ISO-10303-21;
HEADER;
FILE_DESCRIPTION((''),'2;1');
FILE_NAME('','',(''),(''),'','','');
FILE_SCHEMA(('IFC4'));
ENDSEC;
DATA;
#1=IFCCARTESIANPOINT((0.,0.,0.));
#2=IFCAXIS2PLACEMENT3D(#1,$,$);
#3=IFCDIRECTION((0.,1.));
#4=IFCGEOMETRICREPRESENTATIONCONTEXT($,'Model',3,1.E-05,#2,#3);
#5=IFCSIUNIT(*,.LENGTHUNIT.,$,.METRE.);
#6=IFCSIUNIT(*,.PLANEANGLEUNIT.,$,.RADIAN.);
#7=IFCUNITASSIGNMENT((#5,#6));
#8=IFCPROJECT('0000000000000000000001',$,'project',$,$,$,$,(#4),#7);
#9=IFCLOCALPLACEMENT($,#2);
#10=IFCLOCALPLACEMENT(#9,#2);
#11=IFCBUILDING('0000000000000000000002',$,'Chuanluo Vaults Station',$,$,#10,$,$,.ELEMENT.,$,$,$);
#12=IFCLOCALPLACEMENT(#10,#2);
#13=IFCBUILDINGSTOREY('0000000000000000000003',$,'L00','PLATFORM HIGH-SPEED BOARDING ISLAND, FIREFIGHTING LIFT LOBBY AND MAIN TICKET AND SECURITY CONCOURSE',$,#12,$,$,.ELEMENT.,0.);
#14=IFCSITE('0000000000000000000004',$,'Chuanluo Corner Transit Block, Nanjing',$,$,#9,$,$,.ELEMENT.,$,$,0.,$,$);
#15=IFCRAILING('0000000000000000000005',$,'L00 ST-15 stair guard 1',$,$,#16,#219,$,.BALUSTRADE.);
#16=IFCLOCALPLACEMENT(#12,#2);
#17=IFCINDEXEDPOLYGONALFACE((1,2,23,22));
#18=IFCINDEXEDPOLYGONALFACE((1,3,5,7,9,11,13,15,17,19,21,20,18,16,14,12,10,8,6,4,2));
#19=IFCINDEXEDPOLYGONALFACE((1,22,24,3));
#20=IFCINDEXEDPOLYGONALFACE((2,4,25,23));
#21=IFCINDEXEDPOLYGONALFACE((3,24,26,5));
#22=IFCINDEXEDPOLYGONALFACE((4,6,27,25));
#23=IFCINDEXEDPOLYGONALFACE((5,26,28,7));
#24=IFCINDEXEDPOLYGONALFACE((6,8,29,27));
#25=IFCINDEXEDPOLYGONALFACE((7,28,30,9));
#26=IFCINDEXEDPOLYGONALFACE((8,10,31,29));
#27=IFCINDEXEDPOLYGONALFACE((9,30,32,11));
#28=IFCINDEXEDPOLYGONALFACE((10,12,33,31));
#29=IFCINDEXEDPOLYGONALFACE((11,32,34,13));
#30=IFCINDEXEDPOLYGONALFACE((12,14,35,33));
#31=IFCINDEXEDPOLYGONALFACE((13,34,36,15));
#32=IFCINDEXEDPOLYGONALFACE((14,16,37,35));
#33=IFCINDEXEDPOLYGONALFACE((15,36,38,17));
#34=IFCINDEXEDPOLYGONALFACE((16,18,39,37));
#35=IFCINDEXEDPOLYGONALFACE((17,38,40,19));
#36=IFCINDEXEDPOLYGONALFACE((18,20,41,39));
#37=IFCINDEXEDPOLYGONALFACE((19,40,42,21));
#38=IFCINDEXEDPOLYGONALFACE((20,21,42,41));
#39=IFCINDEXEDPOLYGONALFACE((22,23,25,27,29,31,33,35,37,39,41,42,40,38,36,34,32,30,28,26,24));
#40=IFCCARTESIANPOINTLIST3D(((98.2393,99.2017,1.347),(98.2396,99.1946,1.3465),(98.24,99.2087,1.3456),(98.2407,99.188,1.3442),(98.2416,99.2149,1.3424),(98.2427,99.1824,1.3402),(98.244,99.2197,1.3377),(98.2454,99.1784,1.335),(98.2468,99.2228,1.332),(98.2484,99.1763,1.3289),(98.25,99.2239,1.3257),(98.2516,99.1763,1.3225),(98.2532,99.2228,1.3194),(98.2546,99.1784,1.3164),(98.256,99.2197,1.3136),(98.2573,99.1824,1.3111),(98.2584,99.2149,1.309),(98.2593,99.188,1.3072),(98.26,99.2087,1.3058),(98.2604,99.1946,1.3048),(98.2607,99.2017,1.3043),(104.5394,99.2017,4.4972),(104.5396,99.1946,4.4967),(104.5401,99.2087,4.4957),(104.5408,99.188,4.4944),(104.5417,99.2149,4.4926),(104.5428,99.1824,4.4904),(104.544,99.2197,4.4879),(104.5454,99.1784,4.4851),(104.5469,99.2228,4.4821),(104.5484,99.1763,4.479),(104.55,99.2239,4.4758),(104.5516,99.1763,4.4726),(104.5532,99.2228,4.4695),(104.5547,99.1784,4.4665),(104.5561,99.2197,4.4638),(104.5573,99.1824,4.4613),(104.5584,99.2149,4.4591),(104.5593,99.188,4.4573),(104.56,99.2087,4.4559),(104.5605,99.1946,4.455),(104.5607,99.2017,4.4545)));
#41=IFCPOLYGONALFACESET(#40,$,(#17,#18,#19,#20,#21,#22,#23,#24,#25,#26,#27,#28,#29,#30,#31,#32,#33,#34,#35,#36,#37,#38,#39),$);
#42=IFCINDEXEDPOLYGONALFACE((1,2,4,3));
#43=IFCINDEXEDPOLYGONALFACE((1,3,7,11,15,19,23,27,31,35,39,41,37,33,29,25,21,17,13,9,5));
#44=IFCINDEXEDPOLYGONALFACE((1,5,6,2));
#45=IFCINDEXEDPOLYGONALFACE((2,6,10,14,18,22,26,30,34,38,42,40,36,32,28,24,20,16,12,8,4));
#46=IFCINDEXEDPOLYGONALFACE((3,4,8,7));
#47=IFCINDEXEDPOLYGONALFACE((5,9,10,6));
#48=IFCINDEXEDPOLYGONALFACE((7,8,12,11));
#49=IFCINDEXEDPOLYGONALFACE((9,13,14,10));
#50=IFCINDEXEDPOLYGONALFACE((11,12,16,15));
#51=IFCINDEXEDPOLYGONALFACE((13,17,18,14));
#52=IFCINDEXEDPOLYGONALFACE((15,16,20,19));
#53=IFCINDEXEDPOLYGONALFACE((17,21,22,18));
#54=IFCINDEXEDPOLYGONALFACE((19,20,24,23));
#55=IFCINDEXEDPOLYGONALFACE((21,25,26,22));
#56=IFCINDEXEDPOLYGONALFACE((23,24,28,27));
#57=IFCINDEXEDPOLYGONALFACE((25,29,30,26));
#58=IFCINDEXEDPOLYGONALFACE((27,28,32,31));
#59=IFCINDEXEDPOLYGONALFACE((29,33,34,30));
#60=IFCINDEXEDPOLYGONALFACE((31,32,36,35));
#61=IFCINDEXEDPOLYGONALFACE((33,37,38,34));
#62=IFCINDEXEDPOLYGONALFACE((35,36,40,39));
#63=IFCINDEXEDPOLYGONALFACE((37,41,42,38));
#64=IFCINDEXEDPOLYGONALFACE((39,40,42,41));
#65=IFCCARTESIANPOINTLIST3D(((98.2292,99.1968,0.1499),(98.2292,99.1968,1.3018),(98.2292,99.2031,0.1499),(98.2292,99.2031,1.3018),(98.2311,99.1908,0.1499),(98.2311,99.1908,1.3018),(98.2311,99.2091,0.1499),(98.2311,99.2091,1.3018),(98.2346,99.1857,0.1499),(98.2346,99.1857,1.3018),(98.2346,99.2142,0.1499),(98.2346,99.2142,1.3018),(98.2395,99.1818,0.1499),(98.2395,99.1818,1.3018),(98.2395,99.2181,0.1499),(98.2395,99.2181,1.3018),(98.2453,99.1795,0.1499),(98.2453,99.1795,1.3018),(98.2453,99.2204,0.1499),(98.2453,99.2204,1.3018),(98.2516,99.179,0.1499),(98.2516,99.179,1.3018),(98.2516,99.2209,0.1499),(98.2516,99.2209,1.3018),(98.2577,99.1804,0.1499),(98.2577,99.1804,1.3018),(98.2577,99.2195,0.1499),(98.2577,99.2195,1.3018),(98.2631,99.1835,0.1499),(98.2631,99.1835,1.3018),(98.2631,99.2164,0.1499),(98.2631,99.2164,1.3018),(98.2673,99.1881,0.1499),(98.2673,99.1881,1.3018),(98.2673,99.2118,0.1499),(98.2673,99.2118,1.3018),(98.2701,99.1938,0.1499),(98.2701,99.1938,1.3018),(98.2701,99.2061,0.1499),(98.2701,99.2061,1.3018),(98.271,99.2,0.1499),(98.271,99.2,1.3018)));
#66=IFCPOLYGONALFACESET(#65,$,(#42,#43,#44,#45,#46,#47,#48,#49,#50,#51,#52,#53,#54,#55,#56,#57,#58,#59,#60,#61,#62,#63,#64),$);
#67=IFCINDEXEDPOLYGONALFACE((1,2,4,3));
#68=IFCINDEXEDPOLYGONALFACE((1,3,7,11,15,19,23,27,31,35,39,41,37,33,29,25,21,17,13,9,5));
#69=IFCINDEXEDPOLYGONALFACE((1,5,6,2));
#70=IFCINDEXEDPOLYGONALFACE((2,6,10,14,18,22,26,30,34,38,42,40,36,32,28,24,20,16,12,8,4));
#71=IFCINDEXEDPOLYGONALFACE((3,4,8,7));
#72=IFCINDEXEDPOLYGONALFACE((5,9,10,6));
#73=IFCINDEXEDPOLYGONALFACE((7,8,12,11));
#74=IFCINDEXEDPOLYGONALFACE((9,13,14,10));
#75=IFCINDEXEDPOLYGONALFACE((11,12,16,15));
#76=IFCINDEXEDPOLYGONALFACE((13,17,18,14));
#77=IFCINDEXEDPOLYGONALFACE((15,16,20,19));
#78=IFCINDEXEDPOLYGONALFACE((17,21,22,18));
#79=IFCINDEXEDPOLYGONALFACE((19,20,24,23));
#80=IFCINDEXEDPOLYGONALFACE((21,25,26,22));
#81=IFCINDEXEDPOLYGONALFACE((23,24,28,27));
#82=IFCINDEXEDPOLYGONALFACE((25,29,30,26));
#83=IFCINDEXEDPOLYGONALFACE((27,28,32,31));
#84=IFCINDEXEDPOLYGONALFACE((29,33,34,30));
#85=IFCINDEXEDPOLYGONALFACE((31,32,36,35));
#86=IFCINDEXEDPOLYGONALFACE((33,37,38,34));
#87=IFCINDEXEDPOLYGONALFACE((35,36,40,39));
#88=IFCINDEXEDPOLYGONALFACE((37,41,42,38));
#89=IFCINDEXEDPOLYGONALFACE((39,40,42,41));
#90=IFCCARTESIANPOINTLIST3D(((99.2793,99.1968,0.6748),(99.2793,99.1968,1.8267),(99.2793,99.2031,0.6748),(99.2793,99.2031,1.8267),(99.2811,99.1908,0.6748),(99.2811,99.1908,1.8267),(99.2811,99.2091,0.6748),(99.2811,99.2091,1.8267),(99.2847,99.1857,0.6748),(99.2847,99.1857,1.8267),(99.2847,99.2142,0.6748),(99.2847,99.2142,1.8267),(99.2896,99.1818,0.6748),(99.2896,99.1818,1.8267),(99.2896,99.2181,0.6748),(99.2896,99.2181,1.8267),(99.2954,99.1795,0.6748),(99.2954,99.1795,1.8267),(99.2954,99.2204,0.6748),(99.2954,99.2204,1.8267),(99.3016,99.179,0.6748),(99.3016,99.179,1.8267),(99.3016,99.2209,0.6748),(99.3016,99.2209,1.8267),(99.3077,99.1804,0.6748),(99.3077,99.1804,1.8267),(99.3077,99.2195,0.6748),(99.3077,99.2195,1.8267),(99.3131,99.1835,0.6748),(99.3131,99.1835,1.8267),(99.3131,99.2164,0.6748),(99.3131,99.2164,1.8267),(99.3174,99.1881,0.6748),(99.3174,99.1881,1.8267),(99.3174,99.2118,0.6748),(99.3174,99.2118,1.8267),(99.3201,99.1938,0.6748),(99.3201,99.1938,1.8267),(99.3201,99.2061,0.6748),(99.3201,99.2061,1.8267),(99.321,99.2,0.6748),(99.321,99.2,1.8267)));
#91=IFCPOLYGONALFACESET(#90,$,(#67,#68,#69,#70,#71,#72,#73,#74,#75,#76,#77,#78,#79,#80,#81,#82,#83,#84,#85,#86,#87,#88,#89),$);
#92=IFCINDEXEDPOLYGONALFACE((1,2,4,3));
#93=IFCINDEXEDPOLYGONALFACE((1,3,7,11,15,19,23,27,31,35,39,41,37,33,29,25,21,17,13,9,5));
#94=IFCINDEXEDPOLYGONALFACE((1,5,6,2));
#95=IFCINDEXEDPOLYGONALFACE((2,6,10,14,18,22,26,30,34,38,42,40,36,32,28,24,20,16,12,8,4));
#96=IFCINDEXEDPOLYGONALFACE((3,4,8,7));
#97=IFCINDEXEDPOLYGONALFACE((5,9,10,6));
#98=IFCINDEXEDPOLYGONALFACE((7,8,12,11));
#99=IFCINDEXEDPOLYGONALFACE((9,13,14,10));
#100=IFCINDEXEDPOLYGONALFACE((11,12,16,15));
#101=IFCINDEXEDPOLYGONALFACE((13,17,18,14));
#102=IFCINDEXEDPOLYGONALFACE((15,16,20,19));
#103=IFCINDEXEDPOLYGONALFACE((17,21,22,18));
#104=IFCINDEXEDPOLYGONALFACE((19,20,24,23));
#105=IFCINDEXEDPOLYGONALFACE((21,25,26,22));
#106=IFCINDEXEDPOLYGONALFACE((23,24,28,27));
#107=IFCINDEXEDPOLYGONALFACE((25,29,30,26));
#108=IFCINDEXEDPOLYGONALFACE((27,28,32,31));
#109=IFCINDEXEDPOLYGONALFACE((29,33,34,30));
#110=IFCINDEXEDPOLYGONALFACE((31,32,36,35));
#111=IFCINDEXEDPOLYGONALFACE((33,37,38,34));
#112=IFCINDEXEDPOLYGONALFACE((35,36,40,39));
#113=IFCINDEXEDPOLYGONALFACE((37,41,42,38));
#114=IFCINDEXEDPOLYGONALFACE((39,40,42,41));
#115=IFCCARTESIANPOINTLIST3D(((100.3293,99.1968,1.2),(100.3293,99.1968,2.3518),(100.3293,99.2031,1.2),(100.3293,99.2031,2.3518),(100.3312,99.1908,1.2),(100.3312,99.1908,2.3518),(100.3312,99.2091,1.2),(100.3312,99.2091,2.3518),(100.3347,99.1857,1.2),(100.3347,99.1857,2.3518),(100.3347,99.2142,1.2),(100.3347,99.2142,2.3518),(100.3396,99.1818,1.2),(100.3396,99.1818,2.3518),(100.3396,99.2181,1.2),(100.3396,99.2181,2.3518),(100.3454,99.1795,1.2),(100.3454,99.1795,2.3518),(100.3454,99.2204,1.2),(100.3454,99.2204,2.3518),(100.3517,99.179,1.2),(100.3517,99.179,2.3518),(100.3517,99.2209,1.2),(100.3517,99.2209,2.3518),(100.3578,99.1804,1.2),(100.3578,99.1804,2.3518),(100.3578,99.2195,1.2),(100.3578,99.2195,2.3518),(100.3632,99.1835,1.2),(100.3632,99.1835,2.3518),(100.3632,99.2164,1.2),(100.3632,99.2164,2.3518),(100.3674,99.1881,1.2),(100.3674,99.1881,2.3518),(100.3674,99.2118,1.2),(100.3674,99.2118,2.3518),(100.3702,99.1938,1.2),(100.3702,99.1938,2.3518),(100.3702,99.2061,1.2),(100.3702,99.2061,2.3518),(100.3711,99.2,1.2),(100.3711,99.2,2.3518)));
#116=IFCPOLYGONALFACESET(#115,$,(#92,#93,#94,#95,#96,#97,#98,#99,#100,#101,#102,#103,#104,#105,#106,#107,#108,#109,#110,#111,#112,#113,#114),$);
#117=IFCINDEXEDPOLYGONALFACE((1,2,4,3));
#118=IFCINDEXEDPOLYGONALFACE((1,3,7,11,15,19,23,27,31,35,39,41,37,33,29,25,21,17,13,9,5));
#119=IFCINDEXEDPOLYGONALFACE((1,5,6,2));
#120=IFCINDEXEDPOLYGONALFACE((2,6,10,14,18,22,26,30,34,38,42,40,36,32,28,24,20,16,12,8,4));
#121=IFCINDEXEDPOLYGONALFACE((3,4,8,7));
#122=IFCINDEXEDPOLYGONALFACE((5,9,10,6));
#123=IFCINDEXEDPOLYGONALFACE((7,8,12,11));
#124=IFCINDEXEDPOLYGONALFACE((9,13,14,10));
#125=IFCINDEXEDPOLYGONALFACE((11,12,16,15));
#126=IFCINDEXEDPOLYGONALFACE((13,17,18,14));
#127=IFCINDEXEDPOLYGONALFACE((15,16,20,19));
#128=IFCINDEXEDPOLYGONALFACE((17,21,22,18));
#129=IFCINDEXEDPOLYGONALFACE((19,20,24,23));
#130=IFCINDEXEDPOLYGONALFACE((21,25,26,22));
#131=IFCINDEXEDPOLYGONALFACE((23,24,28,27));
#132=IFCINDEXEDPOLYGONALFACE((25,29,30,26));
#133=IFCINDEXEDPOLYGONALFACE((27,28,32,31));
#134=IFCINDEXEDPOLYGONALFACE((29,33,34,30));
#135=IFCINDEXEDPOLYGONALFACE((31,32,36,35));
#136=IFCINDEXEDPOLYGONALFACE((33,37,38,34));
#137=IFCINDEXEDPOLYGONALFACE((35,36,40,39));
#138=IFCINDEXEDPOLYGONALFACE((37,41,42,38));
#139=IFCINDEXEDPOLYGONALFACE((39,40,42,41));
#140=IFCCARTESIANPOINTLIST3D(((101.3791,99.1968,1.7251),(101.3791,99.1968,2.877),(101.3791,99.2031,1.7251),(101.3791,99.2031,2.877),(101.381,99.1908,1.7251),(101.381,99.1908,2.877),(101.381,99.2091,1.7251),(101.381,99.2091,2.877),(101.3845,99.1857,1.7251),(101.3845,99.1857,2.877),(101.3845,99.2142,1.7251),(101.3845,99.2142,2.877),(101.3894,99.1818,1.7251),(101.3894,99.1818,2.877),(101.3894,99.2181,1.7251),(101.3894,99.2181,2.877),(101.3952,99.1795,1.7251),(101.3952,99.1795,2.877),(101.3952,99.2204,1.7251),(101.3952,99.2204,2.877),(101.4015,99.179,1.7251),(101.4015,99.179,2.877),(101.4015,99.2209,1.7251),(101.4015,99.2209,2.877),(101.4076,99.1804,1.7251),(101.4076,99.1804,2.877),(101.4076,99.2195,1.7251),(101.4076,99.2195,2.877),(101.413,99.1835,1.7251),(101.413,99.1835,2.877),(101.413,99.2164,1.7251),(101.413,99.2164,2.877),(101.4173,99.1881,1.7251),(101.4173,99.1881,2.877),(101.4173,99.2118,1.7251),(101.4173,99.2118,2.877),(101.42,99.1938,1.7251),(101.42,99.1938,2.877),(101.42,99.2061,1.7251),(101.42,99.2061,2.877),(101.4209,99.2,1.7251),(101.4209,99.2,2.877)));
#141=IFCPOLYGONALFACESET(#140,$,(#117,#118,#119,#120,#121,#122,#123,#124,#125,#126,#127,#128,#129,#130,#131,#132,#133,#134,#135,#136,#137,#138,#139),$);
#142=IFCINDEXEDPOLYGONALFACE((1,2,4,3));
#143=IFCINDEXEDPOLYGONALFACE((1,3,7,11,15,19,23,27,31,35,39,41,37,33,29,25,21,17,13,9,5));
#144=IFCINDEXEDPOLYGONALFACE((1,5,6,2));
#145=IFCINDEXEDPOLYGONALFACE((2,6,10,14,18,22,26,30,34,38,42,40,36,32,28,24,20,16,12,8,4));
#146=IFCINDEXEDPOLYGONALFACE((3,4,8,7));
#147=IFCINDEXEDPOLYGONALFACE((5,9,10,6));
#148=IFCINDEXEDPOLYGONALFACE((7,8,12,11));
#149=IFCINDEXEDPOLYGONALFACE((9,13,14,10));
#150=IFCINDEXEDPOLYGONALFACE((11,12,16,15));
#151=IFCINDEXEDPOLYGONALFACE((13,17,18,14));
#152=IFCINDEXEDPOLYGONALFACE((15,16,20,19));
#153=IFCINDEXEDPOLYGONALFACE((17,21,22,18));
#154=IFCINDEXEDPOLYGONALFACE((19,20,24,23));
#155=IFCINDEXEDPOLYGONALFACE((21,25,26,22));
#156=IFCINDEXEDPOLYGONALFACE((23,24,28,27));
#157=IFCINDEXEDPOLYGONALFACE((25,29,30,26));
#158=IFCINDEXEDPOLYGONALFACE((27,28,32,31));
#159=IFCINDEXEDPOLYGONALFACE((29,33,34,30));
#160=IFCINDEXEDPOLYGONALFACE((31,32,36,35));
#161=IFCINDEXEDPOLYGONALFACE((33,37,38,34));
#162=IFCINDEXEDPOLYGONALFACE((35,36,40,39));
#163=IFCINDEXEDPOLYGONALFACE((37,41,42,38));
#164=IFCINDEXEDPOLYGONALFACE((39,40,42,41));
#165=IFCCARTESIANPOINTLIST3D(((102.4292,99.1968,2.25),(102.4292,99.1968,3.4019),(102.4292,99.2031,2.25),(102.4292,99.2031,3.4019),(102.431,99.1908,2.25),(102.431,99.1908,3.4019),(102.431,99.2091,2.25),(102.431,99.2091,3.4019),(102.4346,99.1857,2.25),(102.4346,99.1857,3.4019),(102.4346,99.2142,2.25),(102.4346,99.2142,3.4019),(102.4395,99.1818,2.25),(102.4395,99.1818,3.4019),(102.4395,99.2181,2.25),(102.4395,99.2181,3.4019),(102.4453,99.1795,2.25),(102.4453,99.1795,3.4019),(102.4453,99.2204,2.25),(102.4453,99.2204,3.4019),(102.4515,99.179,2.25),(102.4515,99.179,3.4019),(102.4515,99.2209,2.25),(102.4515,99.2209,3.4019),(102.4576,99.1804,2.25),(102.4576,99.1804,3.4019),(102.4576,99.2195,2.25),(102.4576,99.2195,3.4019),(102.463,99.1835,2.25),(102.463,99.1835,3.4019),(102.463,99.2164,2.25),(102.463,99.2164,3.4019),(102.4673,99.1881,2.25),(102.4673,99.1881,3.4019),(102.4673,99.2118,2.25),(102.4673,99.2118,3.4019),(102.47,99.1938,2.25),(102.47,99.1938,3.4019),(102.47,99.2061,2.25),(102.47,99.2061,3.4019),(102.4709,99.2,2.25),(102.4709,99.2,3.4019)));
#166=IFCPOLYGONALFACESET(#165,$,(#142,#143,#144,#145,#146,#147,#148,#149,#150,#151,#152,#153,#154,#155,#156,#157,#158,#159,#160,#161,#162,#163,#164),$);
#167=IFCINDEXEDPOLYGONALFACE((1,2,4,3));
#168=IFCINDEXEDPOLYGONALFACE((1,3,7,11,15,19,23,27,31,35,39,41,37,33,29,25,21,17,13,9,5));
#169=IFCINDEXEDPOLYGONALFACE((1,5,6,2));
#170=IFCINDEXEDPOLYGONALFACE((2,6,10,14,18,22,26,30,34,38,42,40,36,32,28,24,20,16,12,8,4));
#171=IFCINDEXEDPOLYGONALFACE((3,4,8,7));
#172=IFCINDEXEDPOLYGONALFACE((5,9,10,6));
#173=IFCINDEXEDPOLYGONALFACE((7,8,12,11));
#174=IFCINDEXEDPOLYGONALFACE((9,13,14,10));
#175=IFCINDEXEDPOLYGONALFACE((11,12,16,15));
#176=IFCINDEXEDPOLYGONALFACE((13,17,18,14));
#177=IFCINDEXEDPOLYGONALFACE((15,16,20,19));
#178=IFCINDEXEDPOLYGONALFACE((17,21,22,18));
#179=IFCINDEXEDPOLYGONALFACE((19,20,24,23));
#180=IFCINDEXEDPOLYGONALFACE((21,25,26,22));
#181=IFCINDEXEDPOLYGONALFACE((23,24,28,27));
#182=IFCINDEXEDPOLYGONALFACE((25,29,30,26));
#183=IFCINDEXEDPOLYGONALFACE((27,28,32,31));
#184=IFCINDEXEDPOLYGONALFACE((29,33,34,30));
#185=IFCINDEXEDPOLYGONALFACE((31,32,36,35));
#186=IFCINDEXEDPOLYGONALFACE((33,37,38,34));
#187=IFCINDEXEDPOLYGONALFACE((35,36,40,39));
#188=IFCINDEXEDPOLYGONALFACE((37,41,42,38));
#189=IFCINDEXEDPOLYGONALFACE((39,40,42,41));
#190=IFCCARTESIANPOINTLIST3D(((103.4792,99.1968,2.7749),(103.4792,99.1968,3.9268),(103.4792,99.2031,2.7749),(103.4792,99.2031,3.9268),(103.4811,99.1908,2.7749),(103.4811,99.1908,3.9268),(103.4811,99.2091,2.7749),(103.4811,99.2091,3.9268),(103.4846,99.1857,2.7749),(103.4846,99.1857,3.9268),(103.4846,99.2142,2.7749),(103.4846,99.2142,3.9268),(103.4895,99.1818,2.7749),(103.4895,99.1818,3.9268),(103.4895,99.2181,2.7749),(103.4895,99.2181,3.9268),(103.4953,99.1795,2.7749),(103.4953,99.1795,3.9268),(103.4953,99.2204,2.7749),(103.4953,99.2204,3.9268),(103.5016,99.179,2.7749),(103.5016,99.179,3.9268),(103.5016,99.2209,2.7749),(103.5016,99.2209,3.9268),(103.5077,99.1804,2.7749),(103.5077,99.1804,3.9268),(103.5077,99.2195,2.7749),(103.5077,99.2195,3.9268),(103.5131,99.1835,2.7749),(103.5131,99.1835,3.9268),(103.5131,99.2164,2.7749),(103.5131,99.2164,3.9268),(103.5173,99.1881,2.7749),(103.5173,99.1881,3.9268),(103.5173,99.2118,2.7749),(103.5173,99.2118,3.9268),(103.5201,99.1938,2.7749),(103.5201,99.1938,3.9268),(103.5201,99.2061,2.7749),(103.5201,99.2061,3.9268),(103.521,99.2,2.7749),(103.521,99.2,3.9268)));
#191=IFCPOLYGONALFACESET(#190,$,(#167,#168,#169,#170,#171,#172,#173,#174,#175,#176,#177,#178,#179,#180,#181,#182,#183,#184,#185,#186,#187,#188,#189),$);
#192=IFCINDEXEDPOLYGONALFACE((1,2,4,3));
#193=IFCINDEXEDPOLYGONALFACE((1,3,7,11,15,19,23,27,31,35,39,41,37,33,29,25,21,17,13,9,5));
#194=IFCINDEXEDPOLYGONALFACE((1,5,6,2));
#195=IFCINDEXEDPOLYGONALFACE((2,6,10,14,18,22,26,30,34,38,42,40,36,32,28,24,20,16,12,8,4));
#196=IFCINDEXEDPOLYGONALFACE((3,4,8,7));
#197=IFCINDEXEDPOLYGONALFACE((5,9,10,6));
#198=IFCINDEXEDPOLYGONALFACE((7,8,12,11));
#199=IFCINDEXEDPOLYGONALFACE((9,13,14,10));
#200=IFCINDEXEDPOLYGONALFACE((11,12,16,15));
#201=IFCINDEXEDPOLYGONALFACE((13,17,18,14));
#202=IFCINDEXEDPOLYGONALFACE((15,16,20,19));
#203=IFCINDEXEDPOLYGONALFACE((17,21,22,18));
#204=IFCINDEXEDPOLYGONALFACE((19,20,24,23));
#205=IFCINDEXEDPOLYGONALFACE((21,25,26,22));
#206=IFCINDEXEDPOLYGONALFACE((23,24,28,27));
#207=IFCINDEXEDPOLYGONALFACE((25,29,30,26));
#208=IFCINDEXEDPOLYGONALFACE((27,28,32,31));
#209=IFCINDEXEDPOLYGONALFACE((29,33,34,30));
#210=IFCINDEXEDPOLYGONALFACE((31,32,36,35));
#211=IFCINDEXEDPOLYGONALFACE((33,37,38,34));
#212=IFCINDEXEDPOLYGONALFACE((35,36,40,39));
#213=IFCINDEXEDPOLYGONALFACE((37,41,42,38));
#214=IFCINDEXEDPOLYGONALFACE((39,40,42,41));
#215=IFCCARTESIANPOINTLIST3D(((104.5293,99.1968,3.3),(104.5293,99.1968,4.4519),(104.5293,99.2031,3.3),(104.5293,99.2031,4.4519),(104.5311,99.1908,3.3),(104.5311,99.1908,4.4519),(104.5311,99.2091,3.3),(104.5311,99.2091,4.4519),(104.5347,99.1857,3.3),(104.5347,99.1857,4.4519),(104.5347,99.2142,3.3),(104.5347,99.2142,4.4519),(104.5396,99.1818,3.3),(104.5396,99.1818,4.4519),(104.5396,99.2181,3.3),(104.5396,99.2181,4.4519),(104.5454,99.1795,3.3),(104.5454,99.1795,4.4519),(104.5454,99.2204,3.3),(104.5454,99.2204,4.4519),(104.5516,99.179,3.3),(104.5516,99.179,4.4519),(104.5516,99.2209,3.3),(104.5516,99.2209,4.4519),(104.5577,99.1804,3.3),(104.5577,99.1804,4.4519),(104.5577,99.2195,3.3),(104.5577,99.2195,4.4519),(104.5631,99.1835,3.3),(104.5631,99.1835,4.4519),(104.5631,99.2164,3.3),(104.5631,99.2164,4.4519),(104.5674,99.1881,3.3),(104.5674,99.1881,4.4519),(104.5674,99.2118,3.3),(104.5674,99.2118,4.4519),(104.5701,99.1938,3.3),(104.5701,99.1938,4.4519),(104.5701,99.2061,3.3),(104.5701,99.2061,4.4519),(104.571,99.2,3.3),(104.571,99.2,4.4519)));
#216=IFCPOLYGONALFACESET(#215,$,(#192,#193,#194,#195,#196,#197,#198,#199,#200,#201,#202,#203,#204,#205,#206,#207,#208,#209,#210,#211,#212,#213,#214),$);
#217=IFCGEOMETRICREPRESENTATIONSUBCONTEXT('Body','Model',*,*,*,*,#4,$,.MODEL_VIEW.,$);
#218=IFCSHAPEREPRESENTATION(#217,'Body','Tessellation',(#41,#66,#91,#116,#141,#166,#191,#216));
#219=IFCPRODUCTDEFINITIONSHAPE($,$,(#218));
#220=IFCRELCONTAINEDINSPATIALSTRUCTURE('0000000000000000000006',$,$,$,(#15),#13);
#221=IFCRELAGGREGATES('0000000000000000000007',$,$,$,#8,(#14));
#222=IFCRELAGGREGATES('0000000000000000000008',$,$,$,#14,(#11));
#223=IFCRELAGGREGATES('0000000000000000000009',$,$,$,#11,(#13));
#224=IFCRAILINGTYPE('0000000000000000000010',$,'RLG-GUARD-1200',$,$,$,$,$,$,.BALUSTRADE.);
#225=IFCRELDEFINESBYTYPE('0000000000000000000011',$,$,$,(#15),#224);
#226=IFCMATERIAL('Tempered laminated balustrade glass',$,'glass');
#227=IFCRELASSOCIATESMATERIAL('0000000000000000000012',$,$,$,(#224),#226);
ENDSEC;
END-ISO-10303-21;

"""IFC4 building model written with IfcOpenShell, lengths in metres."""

from ifc_helpers import new_model, si_unit, direction, frame, origin, origin_2d, place, context, subcontext, project, spatial, circle, extrude, material, type_object, element, save


model = new_model("IFC4")

# Units and contexts
model_context = context("Model", 3, precision=1e-05, world=origin(), true_north=direction((0.0, 1.0)))
body_context = subcontext(model_context, "Body", "Model", "MODEL_VIEW")
ifc_project = project(units=[si_unit("LENGTHUNIT", "METRE"), si_unit("PLANEANGLEUNIT", "RADIAN")], contexts=[model_context])

# Site, building, storey
site_placement = place(None, origin())
site = spatial("IfcSite", under=ifc_project, at=site_placement, Name="Chuanluo Corner Transit Block, Nanjing", CompositionType="ELEMENT", RefElevation=0.0)
building_placement = place(site_placement, origin())
building = spatial("IfcBuilding", under=site, at=building_placement, Name="Chuanluo Vaults Station", CompositionType="ELEMENT")
storey_placement = place(building_placement, origin())
storey = spatial("IfcBuildingStorey", under=building, at=storey_placement, Name="L00", Description="PLATFORM HIGH-SPEED BOARDING ISLAND, FIREFIGHTING LIFT LOBBY AND MAIN TICKET AND SECURITY CONCOURSE", CompositionType="ELEMENT", Elevation=0.0)

# Railing
ifc_material_1 = material(Name="Tempered laminated balustrade glass", Category="glass")
railing_type_1 = type_object("IfcRailingType", Name="RLG-GUARD-1200", PredefinedType="BALUSTRADE", material=ifc_material_1)
railing_1_placement = place(storey_placement, frame((98.25, 99.2, 0.1499)))
element("IfcRailing", 1, at=railing_1_placement, inside=storey, type_object=railing_type_1, Name="L00 ST-15 stair guard 1", PredefinedType="BALUSTRADE", context=body_context, shape_type="SweptSolid", body=[
    extrude(circle(Radius=0.0239, at=origin_2d()), frame((0.0, 0.0, 1.1758), z_axis=(0.89442, 0.0, 0.447227), x_axis=(0.0, 1.0, 0.0)), (0.0, 0.0, 1.0), 7.0437),
    extrude(circle(Radius=0.021, at=origin_2d()), origin(), (0.0, 0.0, 1.0), 1.1519),
    extrude(circle(Radius=0.021, at=origin_2d()), frame((1.05, 0.0, 0.5249)), (0.0, 0.0, 1.0), 1.1519),
    extrude(circle(Radius=0.021, at=origin_2d()), frame((2.1001, 0.0, 1.05)), (0.0, 0.0, 1.0), 1.1519),
    extrude(circle(Radius=0.021, at=origin_2d()), frame((3.1499, 0.0, 1.5752)), (0.0, 0.0, 1.0), 1.1519),
    extrude(circle(Radius=0.021, at=origin_2d()), frame((4.2, 0.0, 2.1001)), (0.0, 0.0, 1.0), 1.1519),
    extrude(circle(Radius=0.021, at=origin_2d()), frame((5.25, 0.0, 2.625)), (0.0, 0.0, 1.0), 1.1519),
    extrude(circle(Radius=0.021, at=origin_2d()), frame((6.3, 0.0, 3.1501)), (0.0, 0.0, 1.0), 1.1519),
])

save(model, "model.ifc")
